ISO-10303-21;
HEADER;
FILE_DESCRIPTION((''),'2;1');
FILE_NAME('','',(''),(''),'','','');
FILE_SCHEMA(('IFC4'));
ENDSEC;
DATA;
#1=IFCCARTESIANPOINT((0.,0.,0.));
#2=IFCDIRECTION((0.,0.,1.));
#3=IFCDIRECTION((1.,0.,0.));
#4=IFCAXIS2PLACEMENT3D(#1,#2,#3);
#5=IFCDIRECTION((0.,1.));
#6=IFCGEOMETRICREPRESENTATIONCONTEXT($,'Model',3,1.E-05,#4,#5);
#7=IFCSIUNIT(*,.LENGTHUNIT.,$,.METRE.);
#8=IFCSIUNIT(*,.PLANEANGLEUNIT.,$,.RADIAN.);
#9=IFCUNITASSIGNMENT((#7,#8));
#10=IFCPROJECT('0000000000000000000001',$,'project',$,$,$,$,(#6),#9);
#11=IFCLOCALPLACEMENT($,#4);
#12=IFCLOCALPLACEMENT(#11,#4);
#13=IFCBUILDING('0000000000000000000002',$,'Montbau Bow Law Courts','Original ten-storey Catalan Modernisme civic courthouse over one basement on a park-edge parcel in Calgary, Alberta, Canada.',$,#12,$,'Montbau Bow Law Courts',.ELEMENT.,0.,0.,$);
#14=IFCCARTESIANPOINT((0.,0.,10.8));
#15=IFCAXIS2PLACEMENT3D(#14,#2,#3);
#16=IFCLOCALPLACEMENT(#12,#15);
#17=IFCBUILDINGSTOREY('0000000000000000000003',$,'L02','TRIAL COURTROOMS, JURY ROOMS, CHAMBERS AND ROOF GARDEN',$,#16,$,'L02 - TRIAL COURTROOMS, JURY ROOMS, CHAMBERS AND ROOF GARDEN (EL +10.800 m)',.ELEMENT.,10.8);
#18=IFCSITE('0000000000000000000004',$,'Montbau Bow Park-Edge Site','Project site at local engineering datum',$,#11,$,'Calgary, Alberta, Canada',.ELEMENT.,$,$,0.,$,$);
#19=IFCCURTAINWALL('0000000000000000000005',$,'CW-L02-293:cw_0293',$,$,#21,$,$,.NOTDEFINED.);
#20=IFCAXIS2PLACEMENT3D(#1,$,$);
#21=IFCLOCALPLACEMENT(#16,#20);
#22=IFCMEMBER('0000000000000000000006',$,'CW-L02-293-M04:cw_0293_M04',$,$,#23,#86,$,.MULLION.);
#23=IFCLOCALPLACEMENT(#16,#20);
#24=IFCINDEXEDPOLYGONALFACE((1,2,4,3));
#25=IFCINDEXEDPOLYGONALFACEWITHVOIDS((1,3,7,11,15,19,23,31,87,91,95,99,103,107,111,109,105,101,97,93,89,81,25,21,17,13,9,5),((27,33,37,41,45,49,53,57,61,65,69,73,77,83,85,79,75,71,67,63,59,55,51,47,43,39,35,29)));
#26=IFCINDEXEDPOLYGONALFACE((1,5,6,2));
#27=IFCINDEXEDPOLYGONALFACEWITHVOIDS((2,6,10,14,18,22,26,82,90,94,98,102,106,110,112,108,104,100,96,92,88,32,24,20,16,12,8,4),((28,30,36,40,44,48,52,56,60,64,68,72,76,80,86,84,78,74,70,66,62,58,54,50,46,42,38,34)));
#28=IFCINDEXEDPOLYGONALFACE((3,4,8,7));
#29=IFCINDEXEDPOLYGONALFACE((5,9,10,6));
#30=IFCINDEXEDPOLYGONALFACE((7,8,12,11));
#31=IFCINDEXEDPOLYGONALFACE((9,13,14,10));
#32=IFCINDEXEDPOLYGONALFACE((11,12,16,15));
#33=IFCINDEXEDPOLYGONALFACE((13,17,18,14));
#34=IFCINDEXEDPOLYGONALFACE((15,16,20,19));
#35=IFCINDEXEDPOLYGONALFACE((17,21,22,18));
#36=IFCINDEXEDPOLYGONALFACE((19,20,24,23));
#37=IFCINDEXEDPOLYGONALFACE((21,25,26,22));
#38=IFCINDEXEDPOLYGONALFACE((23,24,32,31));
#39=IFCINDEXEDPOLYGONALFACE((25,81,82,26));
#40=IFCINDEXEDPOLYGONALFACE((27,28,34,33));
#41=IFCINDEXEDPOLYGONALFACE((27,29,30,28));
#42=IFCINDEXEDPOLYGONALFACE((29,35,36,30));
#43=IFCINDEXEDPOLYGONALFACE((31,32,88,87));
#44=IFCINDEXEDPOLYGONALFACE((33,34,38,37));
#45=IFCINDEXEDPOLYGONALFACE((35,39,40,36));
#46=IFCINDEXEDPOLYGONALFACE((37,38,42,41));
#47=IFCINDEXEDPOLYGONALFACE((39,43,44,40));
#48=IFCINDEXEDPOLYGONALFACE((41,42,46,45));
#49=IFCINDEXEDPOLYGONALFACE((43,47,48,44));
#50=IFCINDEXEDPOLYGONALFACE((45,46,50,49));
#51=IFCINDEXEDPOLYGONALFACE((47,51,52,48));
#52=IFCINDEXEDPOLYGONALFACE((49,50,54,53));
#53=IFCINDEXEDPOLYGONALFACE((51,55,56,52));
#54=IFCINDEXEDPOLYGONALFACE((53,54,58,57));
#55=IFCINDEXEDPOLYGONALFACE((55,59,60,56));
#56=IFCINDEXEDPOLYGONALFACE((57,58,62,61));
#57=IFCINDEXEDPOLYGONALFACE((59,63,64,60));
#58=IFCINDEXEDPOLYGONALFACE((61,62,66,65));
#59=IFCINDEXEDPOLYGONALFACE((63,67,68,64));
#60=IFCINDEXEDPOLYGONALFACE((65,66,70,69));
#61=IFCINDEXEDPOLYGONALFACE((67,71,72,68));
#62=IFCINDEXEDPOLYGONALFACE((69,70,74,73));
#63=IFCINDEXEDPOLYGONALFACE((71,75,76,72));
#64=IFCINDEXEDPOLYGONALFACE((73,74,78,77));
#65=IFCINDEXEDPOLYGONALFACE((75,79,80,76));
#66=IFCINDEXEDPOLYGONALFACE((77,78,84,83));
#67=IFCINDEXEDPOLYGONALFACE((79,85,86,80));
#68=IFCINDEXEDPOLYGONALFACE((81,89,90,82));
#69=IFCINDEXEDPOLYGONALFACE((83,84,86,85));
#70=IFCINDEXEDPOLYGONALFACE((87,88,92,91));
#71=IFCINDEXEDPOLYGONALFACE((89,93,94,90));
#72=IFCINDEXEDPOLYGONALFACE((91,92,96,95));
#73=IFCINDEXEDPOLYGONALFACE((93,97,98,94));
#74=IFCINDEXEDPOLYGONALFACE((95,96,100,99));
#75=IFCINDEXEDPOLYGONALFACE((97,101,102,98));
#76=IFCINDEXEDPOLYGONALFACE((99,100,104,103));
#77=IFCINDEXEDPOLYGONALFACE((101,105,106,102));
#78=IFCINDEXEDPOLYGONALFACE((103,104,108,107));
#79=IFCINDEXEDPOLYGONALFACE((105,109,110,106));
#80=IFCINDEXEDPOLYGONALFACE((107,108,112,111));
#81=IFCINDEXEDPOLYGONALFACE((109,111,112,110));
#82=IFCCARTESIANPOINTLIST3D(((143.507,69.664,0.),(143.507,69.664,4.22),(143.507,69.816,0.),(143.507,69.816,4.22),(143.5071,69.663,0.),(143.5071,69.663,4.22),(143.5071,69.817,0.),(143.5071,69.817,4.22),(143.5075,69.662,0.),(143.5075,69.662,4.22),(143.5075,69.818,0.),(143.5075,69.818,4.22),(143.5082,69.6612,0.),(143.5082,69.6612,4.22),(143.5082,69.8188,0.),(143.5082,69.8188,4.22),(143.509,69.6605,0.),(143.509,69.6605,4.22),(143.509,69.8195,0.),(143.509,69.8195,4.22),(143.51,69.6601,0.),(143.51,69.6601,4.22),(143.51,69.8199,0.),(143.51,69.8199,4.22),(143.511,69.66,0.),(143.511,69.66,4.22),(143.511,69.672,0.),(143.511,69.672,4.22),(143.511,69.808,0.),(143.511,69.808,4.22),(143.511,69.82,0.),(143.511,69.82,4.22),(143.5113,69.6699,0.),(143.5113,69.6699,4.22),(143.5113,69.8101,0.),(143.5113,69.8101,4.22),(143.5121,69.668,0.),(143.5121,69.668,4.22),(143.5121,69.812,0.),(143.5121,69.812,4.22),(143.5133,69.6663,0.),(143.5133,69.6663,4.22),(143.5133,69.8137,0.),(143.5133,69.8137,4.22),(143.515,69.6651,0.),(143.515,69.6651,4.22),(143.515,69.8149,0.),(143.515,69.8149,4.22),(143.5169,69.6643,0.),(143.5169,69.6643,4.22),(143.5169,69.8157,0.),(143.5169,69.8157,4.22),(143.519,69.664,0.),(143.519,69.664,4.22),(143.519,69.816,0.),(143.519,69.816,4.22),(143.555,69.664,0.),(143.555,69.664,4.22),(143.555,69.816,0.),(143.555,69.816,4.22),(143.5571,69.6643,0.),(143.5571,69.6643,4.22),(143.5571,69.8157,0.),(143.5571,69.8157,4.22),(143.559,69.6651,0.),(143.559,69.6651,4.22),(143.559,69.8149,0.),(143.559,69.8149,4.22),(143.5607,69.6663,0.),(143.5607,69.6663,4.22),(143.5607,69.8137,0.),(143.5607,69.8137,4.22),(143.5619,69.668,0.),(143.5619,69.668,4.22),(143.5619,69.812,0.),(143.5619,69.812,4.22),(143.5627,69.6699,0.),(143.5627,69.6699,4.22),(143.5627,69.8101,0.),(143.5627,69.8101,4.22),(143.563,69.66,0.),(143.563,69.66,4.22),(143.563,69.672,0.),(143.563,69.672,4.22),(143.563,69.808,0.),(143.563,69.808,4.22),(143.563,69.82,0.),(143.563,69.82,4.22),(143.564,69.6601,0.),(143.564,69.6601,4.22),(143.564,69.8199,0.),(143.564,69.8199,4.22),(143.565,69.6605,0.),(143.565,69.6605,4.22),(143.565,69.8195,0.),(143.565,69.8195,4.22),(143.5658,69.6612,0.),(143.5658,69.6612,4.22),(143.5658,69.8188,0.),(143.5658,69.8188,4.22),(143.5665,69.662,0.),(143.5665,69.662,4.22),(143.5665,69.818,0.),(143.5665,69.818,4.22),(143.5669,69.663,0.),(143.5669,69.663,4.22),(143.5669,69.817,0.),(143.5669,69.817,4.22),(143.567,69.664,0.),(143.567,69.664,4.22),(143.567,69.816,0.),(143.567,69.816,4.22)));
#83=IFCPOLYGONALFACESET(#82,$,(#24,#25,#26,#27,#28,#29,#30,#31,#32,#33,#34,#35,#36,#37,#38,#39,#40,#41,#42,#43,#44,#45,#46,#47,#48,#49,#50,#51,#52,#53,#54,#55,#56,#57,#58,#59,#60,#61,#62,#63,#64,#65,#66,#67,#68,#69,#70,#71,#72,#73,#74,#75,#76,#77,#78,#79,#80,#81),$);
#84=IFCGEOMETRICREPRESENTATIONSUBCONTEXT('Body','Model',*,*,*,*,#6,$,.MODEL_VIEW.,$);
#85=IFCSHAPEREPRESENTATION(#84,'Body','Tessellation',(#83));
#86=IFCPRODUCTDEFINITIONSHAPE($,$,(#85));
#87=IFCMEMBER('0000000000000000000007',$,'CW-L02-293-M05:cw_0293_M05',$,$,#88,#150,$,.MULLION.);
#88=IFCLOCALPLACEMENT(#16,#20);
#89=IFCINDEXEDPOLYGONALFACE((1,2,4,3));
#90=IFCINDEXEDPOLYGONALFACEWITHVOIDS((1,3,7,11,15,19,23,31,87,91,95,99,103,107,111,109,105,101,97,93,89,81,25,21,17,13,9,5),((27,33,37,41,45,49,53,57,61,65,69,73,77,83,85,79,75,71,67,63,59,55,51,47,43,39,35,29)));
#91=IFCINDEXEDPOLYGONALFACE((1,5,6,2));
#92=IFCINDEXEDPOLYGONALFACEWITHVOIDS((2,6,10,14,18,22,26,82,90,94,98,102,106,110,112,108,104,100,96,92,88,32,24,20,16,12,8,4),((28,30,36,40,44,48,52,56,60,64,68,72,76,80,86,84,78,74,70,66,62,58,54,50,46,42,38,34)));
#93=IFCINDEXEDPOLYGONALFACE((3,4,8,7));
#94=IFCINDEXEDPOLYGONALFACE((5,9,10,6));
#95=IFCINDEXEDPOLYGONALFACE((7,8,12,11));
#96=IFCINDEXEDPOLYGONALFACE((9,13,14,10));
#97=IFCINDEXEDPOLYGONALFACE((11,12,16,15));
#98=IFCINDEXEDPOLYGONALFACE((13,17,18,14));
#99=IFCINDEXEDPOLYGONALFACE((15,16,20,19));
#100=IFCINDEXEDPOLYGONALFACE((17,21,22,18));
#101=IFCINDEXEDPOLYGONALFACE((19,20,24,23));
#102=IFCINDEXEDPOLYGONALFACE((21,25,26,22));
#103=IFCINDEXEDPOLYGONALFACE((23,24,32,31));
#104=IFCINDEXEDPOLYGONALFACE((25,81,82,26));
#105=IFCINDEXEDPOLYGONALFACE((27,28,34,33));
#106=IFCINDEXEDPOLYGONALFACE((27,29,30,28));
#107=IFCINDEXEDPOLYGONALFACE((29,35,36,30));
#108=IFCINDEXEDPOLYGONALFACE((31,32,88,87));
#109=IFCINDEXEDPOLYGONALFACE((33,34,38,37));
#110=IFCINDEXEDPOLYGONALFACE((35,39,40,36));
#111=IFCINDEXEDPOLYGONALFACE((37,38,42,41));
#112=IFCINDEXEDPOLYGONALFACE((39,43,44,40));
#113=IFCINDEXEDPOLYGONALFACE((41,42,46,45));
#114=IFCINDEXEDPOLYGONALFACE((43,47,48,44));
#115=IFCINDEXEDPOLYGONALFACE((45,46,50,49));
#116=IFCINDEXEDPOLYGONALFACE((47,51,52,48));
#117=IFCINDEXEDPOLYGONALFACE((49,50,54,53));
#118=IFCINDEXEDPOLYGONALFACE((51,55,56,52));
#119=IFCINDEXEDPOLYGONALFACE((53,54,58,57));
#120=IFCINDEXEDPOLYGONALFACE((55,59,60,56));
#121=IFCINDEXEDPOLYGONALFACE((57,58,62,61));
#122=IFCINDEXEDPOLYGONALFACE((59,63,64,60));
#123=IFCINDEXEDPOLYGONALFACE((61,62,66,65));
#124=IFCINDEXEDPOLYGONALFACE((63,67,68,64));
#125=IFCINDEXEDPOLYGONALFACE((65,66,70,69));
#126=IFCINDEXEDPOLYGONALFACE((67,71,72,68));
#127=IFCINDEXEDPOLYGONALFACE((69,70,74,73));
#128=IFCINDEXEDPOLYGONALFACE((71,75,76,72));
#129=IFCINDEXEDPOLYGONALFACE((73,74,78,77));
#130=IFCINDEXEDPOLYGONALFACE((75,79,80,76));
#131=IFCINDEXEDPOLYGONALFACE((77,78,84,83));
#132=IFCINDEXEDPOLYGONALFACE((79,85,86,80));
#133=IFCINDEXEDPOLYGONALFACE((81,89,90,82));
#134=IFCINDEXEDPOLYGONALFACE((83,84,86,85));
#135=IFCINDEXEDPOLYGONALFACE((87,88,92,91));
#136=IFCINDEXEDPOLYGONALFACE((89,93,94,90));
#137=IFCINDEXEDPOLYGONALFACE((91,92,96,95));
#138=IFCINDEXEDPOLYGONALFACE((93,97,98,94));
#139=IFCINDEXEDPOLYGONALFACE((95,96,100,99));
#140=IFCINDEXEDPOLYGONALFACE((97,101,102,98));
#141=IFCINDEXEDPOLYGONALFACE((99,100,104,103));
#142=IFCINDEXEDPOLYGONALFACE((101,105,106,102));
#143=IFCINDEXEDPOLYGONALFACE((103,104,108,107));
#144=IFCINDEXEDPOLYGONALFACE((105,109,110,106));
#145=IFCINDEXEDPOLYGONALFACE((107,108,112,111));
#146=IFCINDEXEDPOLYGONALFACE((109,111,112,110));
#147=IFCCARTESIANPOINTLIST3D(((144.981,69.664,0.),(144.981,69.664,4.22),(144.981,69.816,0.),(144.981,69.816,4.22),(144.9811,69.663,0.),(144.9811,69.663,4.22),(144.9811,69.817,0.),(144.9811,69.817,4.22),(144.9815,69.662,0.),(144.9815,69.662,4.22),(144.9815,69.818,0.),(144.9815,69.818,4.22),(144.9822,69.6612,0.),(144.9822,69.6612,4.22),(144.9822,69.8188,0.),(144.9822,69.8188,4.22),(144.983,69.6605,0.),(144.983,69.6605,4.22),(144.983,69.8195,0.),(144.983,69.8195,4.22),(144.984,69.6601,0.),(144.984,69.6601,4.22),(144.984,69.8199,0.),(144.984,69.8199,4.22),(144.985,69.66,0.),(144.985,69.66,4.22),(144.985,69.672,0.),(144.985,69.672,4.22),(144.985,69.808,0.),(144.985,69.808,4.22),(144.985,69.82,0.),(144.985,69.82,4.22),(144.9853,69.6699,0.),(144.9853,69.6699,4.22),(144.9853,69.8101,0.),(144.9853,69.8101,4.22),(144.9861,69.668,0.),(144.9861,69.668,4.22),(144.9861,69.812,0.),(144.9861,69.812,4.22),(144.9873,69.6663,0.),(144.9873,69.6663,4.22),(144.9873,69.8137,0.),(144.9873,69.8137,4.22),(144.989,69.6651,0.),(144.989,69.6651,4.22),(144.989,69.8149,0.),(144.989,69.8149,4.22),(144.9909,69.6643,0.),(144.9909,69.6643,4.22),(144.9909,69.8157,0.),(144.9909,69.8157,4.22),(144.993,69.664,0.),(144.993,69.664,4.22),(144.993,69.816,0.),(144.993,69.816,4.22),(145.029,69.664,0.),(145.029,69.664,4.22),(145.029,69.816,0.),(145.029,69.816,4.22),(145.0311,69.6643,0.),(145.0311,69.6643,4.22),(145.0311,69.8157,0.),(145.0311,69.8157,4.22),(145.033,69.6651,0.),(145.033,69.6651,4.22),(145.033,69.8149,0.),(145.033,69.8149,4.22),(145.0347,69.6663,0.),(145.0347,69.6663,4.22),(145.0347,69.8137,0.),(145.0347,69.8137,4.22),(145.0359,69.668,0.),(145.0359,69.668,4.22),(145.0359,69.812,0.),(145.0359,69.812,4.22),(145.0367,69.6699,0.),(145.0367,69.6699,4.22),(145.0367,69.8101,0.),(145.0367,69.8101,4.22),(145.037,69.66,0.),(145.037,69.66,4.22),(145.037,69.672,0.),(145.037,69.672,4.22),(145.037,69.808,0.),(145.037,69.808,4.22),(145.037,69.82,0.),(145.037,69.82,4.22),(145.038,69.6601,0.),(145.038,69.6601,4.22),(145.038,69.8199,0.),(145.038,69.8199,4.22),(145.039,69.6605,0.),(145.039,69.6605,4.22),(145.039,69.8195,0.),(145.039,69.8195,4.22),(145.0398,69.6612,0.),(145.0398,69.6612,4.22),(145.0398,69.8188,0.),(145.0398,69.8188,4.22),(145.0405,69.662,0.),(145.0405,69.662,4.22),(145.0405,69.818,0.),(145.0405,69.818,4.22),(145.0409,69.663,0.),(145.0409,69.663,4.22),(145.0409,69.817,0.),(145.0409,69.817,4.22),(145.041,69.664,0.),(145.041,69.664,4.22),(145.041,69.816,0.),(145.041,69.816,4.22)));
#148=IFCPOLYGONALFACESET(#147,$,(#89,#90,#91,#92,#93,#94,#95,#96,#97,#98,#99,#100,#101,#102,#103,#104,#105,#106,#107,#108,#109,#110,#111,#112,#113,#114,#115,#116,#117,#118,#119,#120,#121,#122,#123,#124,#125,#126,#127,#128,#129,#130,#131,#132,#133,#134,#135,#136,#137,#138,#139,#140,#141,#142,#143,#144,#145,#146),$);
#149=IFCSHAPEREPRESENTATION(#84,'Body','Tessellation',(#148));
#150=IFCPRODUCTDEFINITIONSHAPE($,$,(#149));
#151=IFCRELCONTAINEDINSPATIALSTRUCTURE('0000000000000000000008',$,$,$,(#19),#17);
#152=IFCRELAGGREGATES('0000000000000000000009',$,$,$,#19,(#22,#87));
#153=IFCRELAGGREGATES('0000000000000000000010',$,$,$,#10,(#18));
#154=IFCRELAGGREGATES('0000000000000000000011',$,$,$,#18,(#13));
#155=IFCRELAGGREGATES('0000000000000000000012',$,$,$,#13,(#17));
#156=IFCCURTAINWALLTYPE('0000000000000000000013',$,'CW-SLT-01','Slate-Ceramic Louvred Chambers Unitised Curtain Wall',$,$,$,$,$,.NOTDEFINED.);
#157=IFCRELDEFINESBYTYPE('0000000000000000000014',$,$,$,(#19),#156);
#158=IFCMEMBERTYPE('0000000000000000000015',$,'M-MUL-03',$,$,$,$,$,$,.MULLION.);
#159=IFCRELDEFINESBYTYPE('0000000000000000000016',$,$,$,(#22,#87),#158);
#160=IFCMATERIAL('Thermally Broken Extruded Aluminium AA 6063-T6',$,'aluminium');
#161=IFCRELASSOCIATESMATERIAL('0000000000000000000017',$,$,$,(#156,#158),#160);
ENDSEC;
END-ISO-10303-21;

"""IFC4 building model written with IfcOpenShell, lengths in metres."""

from ifc_helpers import new_model, si_unit, direction, frame, origin_with_axes, origin_2d_with_axis, place, context, subcontext, project, spatial, hollow_rectangle, extrude, material, material_profile, profile_set, type_object, element, aggregate, save


model = new_model("IFC4")

# Units and contexts
model_context = context("Model", 3, precision=1e-05, world=origin_with_axes(), true_north=direction((0.0, 1.0)))
body_context = subcontext(model_context, "Body", "Model", "MODEL_VIEW")
ifc_project = project(units=[si_unit("LENGTHUNIT", "METRE"), si_unit("PLANEANGLEUNIT", "RADIAN")], contexts=[model_context])

# Site, building, storey
site_placement = place(None, origin_with_axes())
site = spatial("IfcSite", under=ifc_project, at=site_placement, Name="Montbau Bow Park-Edge Site", Description="Project site at local engineering datum", LongName="Calgary, Alberta, Canada", CompositionType="ELEMENT", RefElevation=0.0)
building_placement = place(site_placement, origin_with_axes())
building = spatial("IfcBuilding", under=site, at=building_placement, Name="Montbau Bow Law Courts", Description="Original ten-storey Catalan Modernisme civic courthouse over one basement on a park-edge parcel in Calgary, Alberta, Canada.", LongName="Montbau Bow Law Courts", CompositionType="ELEMENT", ElevationOfRefHeight=0.0, ElevationOfTerrain=0.0)
storey_placement = place(building_placement, frame((0.0, 0.0, 10.8), z_axis=(0.0, 0.0, 1.0), x_axis=(1.0, 0.0, 0.0)))
storey = spatial("IfcBuildingStorey", under=building, at=storey_placement, Name="L02", Description="TRIAL COURTROOMS, JURY ROOMS, CHAMBERS AND ROOF GARDEN", LongName="L02 - TRIAL COURTROOMS, JURY ROOMS, CHAMBERS AND ROOF GARDEN (EL +10.800 m)", CompositionType="ELEMENT", Elevation=10.8)

# Curtain wall, members
ifc_material_1 = material(Name="Thermally Broken Extruded Aluminium AA 6063-T6", Category="aluminium")
curtain_wall_type = type_object("IfcCurtainWallType", Name="CW-SLT-01", Description="Slate-Ceramic Louvred Chambers Unitised Curtain Wall", PredefinedType="NOTDEFINED", material=ifc_material_1)
curtain_wall_1_placement = place(None, frame((139.115, 69.74, 10.8), z_axis=(0.0, 0.0, 1.0), x_axis=(1.0, 0.0, 0.0)))
curtain_wall_1 = element("IfcCurtainWall", 1, at=curtain_wall_1_placement, inside=storey, type_object=curtain_wall_type, Name="CW-L02-293:cw_0293", PredefinedType="NOTDEFINED")
ifc_material_profile_1 = material_profile(ifc_material_1, hollow_rectangle(XDim=0.06, YDim=0.16, WallThickness=0.004, InnerFilletRadius=0.008, OuterFilletRadius=0.004, at=origin_2d_with_axis()), Name="CWM-160X60", Category="Main", Priority=0)
ifc_profile_set_1 = profile_set([ifc_material_profile_1], Name="Thermally Broken Extruded Aluminium AA 6063-T6")
member_type_1 = type_object("IfcMemberType", Name="M-MUL-03", PredefinedType="MULLION", material=ifc_profile_set_1)
member_1_placement = place(None, frame((143.537, 69.74, 10.8), z_axis=(0.0, 0.0, 1.0), x_axis=(1.0, 0.0, 0.0)))
member_1 = element("IfcMember", 2, at=member_1_placement, type_object=member_type_1, Name="CW-L02-293-M04:cw_0293_M04", PredefinedType="MULLION", context=body_context, shape_type="SweptSolid", body=[
    extrude(hollow_rectangle(XDim=0.06, YDim=0.16, WallThickness=0.004, InnerFilletRadius=0.008, OuterFilletRadius=0.004, at=origin_2d_with_axis()), origin_with_axes(), (0.0, 0.0, 1.0), 4.22),
])
member_2_placement = place(None, frame((145.011, 69.74, 10.8), z_axis=(0.0, 0.0, 1.0), x_axis=(1.0, 0.0, 0.0)))
member_2 = element("IfcMember", 3, at=member_2_placement, type_object=member_type_1, Name="CW-L02-293-M05:cw_0293_M05", PredefinedType="MULLION", context=body_context, shape_type="SweptSolid", body=[
    extrude(hollow_rectangle(XDim=0.06, YDim=0.16, WallThickness=0.004, InnerFilletRadius=0.008, OuterFilletRadius=0.004, at=origin_2d_with_axis()), origin_with_axes(), (0.0, 0.0, 1.0), 4.22),
])

aggregate(curtain_wall_1, [member_1, member_2])

save(model, "model.ifc")
